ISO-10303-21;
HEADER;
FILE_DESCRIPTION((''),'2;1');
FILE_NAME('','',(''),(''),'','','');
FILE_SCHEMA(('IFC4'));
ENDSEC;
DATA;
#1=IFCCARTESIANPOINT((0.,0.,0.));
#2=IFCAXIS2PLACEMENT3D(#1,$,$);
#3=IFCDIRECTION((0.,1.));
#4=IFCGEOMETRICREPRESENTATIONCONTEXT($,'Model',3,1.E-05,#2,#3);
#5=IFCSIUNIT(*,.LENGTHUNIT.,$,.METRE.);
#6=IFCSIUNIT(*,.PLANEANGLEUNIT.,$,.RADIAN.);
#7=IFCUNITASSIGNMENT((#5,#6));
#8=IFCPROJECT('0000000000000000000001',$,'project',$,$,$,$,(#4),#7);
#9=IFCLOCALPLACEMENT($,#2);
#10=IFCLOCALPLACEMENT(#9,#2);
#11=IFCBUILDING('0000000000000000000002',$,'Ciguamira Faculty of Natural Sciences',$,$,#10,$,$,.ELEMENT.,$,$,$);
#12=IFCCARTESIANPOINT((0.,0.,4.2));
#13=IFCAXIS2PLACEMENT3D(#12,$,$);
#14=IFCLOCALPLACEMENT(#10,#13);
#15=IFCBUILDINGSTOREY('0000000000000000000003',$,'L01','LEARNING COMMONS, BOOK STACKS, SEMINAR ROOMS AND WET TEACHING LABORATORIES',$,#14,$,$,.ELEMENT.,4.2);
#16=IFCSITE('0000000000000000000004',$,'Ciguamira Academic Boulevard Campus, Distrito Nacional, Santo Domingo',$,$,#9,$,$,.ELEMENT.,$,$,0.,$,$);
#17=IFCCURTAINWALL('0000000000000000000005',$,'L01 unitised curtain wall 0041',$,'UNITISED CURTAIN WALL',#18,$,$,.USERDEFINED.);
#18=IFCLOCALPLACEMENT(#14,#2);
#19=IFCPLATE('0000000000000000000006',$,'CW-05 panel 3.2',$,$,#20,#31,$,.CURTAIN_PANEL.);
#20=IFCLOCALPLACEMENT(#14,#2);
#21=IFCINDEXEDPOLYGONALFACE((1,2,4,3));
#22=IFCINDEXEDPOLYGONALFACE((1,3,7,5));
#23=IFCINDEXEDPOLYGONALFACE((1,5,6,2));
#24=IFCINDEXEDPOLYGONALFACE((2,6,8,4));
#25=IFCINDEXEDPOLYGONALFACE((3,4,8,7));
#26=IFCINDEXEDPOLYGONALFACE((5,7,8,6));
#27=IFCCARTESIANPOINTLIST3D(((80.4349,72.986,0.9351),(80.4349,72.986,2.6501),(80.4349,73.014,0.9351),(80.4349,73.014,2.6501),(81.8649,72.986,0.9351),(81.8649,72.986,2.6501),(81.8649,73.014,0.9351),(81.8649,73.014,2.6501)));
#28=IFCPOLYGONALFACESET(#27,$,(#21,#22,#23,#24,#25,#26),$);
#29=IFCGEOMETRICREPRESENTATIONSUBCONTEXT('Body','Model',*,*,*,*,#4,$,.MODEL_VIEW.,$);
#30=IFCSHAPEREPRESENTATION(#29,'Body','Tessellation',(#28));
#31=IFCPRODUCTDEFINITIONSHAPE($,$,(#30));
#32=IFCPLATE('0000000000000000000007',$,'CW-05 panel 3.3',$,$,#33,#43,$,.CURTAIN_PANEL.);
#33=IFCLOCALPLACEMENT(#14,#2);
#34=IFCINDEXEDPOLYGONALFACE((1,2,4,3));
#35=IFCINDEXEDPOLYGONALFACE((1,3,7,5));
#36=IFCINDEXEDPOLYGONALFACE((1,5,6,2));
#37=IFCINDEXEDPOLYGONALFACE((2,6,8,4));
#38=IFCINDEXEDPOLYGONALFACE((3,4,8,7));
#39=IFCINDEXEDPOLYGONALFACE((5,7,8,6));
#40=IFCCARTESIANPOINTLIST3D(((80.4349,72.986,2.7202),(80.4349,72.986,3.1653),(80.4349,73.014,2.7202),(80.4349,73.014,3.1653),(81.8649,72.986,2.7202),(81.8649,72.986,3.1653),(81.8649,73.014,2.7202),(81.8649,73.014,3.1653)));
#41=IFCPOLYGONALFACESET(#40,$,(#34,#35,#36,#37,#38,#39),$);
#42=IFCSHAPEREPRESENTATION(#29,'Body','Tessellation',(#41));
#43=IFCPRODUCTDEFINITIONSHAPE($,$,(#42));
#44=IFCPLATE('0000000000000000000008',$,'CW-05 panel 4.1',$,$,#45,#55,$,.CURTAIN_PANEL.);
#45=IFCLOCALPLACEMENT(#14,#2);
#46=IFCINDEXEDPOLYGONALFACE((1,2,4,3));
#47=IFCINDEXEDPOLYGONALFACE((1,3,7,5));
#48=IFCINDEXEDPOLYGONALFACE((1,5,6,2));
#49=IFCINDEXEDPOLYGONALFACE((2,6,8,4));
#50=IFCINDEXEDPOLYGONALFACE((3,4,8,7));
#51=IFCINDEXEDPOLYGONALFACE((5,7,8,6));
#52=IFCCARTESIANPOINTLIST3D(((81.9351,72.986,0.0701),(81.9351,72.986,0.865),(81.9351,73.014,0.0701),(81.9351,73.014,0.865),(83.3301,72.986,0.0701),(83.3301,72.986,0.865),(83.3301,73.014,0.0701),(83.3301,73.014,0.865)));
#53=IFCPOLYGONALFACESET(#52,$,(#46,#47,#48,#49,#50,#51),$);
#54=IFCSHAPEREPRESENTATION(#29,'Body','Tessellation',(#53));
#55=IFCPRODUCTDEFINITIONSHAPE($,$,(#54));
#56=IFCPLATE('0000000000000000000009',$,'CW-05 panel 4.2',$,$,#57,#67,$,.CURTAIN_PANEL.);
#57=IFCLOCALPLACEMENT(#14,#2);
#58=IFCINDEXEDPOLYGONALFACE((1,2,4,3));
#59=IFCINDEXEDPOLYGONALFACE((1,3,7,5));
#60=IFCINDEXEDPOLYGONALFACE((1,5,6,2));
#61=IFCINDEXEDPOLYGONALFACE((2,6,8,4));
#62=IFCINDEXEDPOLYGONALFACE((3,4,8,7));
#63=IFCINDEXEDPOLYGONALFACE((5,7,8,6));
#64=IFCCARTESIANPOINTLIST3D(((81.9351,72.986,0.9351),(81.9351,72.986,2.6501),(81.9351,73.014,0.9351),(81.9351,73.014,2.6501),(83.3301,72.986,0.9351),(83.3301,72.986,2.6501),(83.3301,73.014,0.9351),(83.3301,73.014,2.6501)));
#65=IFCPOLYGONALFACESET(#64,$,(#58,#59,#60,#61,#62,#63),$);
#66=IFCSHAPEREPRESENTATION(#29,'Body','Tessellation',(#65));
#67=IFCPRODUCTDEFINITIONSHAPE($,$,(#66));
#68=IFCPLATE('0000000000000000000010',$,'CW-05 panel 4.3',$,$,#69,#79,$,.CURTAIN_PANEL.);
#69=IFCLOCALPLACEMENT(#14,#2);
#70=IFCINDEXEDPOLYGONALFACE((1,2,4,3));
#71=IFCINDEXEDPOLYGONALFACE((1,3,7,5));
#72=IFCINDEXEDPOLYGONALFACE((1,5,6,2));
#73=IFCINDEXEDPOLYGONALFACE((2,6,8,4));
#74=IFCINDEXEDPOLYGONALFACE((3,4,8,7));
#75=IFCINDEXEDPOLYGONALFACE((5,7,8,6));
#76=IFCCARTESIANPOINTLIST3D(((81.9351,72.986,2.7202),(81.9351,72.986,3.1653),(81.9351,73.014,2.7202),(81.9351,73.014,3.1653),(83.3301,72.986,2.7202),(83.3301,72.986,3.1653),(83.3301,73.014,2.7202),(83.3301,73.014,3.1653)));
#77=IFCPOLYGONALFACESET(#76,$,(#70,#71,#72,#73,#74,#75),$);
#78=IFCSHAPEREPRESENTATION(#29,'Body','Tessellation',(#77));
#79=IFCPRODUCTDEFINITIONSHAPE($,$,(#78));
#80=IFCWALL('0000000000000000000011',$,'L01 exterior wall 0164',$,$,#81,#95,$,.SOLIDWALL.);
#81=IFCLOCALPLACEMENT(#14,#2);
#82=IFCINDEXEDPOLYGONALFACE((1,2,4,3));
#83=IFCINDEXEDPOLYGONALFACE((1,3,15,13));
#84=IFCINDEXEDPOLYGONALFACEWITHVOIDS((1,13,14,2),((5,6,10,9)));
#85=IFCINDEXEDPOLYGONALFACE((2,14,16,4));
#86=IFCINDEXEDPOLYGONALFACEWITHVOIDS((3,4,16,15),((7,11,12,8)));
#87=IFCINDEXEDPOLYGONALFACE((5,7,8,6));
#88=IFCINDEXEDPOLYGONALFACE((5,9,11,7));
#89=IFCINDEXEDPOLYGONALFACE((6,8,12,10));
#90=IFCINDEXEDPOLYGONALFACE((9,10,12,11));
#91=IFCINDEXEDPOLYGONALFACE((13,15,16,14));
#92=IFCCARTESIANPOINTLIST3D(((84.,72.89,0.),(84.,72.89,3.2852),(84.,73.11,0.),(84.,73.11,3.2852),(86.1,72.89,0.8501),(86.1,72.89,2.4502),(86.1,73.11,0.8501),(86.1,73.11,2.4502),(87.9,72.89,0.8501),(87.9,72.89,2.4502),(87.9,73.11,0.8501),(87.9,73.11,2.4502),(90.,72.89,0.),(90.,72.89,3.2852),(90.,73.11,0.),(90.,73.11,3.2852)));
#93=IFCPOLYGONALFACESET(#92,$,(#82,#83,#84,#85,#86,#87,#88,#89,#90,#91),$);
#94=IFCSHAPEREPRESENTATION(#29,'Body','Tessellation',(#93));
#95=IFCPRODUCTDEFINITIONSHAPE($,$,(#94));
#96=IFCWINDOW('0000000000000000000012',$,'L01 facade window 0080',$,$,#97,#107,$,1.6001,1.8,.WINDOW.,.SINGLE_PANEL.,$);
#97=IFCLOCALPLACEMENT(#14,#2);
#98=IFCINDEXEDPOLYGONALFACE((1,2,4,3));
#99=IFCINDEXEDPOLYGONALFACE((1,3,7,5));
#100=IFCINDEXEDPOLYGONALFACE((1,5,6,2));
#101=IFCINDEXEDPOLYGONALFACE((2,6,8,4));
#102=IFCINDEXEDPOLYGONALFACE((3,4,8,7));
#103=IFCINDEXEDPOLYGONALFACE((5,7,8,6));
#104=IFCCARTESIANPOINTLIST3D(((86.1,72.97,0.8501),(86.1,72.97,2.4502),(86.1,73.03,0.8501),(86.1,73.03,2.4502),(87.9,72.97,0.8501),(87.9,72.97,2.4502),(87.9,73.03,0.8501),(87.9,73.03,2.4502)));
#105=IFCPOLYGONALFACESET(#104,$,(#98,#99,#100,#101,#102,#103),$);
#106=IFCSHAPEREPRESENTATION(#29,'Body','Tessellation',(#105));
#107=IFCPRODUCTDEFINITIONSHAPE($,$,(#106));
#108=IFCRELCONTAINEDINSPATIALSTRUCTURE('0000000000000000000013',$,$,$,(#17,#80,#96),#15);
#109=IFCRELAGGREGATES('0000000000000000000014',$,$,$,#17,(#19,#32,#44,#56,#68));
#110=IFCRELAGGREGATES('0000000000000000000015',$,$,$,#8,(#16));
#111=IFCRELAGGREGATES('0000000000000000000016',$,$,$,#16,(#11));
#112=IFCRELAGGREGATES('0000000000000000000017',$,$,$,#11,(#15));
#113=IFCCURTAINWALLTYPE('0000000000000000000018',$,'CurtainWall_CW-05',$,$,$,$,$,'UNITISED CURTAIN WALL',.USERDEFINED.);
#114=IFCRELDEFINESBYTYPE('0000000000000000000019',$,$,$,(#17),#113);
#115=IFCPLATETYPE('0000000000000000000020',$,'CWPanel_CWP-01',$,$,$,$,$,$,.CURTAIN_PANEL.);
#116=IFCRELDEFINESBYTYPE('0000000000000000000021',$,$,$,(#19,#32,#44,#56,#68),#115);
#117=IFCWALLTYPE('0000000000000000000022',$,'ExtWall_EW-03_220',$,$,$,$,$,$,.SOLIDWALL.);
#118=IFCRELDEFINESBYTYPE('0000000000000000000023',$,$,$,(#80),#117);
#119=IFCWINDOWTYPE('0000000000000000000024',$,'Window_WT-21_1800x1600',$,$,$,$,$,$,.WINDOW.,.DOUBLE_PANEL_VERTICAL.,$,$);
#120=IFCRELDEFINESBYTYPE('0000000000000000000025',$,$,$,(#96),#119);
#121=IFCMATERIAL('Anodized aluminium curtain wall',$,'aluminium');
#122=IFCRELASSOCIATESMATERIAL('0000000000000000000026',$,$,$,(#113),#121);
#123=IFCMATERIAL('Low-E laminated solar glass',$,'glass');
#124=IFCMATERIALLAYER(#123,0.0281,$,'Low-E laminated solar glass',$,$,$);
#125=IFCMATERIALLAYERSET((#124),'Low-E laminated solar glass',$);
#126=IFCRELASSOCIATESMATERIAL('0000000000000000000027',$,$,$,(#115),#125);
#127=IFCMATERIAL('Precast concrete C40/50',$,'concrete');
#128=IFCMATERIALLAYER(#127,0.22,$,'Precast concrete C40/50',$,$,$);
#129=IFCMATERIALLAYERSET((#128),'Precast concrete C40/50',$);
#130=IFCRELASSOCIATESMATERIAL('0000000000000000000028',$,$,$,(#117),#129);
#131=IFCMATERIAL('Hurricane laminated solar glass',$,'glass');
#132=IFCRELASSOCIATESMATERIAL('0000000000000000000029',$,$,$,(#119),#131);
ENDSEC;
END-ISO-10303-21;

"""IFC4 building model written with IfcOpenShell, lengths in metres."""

from ifc_helpers import new_model, si_unit, direction, frame, frame_2d, origin, origin_2d, place, context, subcontext, project, spatial, rectangle, extrude, material, layer, layer_set, type_object, element, fill, aggregate, save


model = new_model("IFC4")

# Units and contexts
model_context = context("Model", 3, precision=1e-05, world=origin(), true_north=direction((0.0, 1.0)))
body_context = subcontext(model_context, "Body", "Model", "MODEL_VIEW")
ifc_project = project(units=[si_unit("LENGTHUNIT", "METRE"), si_unit("PLANEANGLEUNIT", "RADIAN")], contexts=[model_context])

# Site, building, storey
site_placement = place(None, origin())
site = spatial("IfcSite", under=ifc_project, at=site_placement, Name="Ciguamira Academic Boulevard Campus, Distrito Nacional, Santo Domingo", CompositionType="ELEMENT", RefElevation=0.0)
building_placement = place(site_placement, origin())
building = spatial("IfcBuilding", under=site, at=building_placement, Name="Ciguamira Faculty of Natural Sciences", CompositionType="ELEMENT")
storey_placement = place(building_placement, frame((0.0, 0.0, 4.2)))
storey = spatial("IfcBuildingStorey", under=building, at=storey_placement, Name="L01", Description="LEARNING COMMONS, BOOK STACKS, SEMINAR ROOMS AND WET TEACHING LABORATORIES", CompositionType="ELEMENT", Elevation=4.2)

# Curtain wall
ifc_material_1 = material(Name="Anodized aluminium curtain wall", Category="aluminium")
curtain_wall_type = type_object("IfcCurtainWallType", Name="CurtainWall_CW-05", ElementType="UNITISED CURTAIN WALL", PredefinedType="USERDEFINED", material=ifc_material_1)
curtain_wall_placement = place(storey_placement, origin())
curtain_wall = element("IfcCurtainWall", 1, at=curtain_wall_placement, inside=storey, type_object=curtain_wall_type, Name="L01 unitised curtain wall 0041", ObjectType="UNITISED CURTAIN WALL", PredefinedType="USERDEFINED")

# Plates
ifc_material_2 = material(Name="Low-E laminated solar glass", Category="glass")
ifc_layer_1 = layer(ifc_material_2, 0.0281, Name="Low-E laminated solar glass")
ifc_layer_set_1 = layer_set([ifc_layer_1], Name="Low-E laminated solar glass")
plate_type = type_object("IfcPlateType", Name="CWPanel_CWP-01", PredefinedType="CURTAIN_PANEL", material=ifc_layer_set_1)
plate_1_placement = place(storey_placement, frame((81.1499, 73.0, 0.9351), z_axis=(0.0, 0.0, 1.0), x_axis=(1.0, 0.0, 0.0)))
plate_1 = element("IfcPlate", 2, at=plate_1_placement, type_object=plate_type, Name="CW-05 panel 3.2", PredefinedType="CURTAIN_PANEL", context=body_context, shape_type="SweptSolid", body=[
    extrude(rectangle(XDim=1.4299, YDim=0.0281, at=origin_2d()), origin(), (0.0, 0.0, 1.0), 1.7151),
])
plate_2_placement = place(storey_placement, frame((81.1499, 73.0, 2.7202), z_axis=(0.0, 0.0, 1.0), x_axis=(1.0, 0.0, 0.0)))
plate_2 = element("IfcPlate", 3, at=plate_2_placement, type_object=plate_type, Name="CW-05 panel 3.3", PredefinedType="CURTAIN_PANEL", context=body_context, shape_type="SweptSolid", body=[
    extrude(rectangle(XDim=1.4299, YDim=0.0281, at=origin_2d()), origin(), (0.0, 0.0, 1.0), 0.4451),
])
plate_3_placement = place(storey_placement, frame((82.6326, 73.0, 0.0701), z_axis=(0.0, 0.0, 1.0), x_axis=(1.0, 0.0, 0.0)))
plate_3 = element("IfcPlate", 4, at=plate_3_placement, type_object=plate_type, Name="CW-05 panel 4.1", PredefinedType="CURTAIN_PANEL", context=body_context, shape_type="SweptSolid", body=[
    extrude(rectangle(XDim=1.395, YDim=0.0281, at=origin_2d()), origin(), (0.0, 0.0, 1.0), 0.7949),
])
plate_4_placement = place(storey_placement, frame((82.6326, 73.0, 0.9351), z_axis=(0.0, 0.0, 1.0), x_axis=(1.0, 0.0, 0.0)))
plate_4 = element("IfcPlate", 5, at=plate_4_placement, type_object=plate_type, Name="CW-05 panel 4.2", PredefinedType="CURTAIN_PANEL", context=body_context, shape_type="SweptSolid", body=[
    extrude(rectangle(XDim=1.395, YDim=0.0281, at=origin_2d()), origin(), (0.0, 0.0, 1.0), 1.7151),
])
plate_5_placement = place(storey_placement, frame((82.6326, 73.0, 2.7202), z_axis=(0.0, 0.0, 1.0), x_axis=(1.0, 0.0, 0.0)))
plate_5 = element("IfcPlate", 6, at=plate_5_placement, type_object=plate_type, Name="CW-05 panel 4.3", PredefinedType="CURTAIN_PANEL", context=body_context, shape_type="SweptSolid", body=[
    extrude(rectangle(XDim=1.395, YDim=0.0281, at=origin_2d()), origin(), (0.0, 0.0, 1.0), 0.4451),
])
aggregate(curtain_wall, [plate_1, plate_2, plate_3, plate_4, plate_5])

# Wall, opening, window
ifc_material_3 = material(Name="Precast concrete C40/50", Category="concrete")
ifc_layer_2 = layer(ifc_material_3, 0.22, Name="Precast concrete C40/50")
ifc_layer_set_2 = layer_set([ifc_layer_2], Name="Precast concrete C40/50")
wall_type = type_object("IfcWallType", Name="ExtWall_EW-03_220", PredefinedType="SOLIDWALL", material=ifc_layer_set_2)
wall_placement = place(storey_placement, frame((84.0, 73.0, 0.0), z_axis=(0.0, 0.0, 1.0), x_axis=(1.0, 0.0, 0.0)))
wall = element("IfcWall", 7, at=wall_placement, inside=storey, type_object=wall_type, Name="L01 exterior wall 0164", PredefinedType="SOLIDWALL", context=body_context, shape_type="SweptSolid", body=[
    extrude(rectangle(XDim=6.0, YDim=0.22, at=frame_2d((3.0, 0.0))), origin(), (0.0, 0.0, 1.0), 3.2852),
])
opening_placement = place(wall_placement, frame((2.1001, 0.0, 0.8501)))
opening = element("IfcOpeningElement", 8, at=opening_placement, cuts=wall, PredefinedType="OPENING", context=body_context, shape_type="SweptSolid", body=[
    extrude(rectangle(XDim=1.8, YDim=1.6001, at=frame_2d((0.8999, 0.8))), frame((0.0, 0.1199, 0.0), z_axis=(0.0, -1.0, 0.0), x_axis=(1.0, 0.0, 0.0)), (0.0, 0.0, 1.0), 0.24),
])
ifc_material_4 = material(Name="Hurricane laminated solar glass", Category="glass")
window_type = type_object("IfcWindowType", Name="Window_WT-21_1800x1600", PartitioningType="DOUBLE_PANEL_VERTICAL", PredefinedType="WINDOW", material=ifc_material_4)
window_placement = place(opening_placement, origin())
window = element("IfcWindow", 9, at=window_placement, inside=storey, type_object=window_type, Name="L01 facade window 0080", OverallHeight=1.6001, OverallWidth=1.8, PartitioningType="SINGLE_PANEL", PredefinedType="WINDOW", context=body_context, shape_type="SweptSolid", body=[
    extrude(rectangle(XDim=1.8, YDim=1.6001, at=frame_2d((0.8999, 0.8))), frame((0.0, 0.03, 0.0), z_axis=(0.0, -1.0, 0.0), x_axis=(1.0, 0.0, 0.0)), (0.0, 0.0, 1.0), 0.0601),
])
fill(opening, window)

save(model, "model.ifc")
